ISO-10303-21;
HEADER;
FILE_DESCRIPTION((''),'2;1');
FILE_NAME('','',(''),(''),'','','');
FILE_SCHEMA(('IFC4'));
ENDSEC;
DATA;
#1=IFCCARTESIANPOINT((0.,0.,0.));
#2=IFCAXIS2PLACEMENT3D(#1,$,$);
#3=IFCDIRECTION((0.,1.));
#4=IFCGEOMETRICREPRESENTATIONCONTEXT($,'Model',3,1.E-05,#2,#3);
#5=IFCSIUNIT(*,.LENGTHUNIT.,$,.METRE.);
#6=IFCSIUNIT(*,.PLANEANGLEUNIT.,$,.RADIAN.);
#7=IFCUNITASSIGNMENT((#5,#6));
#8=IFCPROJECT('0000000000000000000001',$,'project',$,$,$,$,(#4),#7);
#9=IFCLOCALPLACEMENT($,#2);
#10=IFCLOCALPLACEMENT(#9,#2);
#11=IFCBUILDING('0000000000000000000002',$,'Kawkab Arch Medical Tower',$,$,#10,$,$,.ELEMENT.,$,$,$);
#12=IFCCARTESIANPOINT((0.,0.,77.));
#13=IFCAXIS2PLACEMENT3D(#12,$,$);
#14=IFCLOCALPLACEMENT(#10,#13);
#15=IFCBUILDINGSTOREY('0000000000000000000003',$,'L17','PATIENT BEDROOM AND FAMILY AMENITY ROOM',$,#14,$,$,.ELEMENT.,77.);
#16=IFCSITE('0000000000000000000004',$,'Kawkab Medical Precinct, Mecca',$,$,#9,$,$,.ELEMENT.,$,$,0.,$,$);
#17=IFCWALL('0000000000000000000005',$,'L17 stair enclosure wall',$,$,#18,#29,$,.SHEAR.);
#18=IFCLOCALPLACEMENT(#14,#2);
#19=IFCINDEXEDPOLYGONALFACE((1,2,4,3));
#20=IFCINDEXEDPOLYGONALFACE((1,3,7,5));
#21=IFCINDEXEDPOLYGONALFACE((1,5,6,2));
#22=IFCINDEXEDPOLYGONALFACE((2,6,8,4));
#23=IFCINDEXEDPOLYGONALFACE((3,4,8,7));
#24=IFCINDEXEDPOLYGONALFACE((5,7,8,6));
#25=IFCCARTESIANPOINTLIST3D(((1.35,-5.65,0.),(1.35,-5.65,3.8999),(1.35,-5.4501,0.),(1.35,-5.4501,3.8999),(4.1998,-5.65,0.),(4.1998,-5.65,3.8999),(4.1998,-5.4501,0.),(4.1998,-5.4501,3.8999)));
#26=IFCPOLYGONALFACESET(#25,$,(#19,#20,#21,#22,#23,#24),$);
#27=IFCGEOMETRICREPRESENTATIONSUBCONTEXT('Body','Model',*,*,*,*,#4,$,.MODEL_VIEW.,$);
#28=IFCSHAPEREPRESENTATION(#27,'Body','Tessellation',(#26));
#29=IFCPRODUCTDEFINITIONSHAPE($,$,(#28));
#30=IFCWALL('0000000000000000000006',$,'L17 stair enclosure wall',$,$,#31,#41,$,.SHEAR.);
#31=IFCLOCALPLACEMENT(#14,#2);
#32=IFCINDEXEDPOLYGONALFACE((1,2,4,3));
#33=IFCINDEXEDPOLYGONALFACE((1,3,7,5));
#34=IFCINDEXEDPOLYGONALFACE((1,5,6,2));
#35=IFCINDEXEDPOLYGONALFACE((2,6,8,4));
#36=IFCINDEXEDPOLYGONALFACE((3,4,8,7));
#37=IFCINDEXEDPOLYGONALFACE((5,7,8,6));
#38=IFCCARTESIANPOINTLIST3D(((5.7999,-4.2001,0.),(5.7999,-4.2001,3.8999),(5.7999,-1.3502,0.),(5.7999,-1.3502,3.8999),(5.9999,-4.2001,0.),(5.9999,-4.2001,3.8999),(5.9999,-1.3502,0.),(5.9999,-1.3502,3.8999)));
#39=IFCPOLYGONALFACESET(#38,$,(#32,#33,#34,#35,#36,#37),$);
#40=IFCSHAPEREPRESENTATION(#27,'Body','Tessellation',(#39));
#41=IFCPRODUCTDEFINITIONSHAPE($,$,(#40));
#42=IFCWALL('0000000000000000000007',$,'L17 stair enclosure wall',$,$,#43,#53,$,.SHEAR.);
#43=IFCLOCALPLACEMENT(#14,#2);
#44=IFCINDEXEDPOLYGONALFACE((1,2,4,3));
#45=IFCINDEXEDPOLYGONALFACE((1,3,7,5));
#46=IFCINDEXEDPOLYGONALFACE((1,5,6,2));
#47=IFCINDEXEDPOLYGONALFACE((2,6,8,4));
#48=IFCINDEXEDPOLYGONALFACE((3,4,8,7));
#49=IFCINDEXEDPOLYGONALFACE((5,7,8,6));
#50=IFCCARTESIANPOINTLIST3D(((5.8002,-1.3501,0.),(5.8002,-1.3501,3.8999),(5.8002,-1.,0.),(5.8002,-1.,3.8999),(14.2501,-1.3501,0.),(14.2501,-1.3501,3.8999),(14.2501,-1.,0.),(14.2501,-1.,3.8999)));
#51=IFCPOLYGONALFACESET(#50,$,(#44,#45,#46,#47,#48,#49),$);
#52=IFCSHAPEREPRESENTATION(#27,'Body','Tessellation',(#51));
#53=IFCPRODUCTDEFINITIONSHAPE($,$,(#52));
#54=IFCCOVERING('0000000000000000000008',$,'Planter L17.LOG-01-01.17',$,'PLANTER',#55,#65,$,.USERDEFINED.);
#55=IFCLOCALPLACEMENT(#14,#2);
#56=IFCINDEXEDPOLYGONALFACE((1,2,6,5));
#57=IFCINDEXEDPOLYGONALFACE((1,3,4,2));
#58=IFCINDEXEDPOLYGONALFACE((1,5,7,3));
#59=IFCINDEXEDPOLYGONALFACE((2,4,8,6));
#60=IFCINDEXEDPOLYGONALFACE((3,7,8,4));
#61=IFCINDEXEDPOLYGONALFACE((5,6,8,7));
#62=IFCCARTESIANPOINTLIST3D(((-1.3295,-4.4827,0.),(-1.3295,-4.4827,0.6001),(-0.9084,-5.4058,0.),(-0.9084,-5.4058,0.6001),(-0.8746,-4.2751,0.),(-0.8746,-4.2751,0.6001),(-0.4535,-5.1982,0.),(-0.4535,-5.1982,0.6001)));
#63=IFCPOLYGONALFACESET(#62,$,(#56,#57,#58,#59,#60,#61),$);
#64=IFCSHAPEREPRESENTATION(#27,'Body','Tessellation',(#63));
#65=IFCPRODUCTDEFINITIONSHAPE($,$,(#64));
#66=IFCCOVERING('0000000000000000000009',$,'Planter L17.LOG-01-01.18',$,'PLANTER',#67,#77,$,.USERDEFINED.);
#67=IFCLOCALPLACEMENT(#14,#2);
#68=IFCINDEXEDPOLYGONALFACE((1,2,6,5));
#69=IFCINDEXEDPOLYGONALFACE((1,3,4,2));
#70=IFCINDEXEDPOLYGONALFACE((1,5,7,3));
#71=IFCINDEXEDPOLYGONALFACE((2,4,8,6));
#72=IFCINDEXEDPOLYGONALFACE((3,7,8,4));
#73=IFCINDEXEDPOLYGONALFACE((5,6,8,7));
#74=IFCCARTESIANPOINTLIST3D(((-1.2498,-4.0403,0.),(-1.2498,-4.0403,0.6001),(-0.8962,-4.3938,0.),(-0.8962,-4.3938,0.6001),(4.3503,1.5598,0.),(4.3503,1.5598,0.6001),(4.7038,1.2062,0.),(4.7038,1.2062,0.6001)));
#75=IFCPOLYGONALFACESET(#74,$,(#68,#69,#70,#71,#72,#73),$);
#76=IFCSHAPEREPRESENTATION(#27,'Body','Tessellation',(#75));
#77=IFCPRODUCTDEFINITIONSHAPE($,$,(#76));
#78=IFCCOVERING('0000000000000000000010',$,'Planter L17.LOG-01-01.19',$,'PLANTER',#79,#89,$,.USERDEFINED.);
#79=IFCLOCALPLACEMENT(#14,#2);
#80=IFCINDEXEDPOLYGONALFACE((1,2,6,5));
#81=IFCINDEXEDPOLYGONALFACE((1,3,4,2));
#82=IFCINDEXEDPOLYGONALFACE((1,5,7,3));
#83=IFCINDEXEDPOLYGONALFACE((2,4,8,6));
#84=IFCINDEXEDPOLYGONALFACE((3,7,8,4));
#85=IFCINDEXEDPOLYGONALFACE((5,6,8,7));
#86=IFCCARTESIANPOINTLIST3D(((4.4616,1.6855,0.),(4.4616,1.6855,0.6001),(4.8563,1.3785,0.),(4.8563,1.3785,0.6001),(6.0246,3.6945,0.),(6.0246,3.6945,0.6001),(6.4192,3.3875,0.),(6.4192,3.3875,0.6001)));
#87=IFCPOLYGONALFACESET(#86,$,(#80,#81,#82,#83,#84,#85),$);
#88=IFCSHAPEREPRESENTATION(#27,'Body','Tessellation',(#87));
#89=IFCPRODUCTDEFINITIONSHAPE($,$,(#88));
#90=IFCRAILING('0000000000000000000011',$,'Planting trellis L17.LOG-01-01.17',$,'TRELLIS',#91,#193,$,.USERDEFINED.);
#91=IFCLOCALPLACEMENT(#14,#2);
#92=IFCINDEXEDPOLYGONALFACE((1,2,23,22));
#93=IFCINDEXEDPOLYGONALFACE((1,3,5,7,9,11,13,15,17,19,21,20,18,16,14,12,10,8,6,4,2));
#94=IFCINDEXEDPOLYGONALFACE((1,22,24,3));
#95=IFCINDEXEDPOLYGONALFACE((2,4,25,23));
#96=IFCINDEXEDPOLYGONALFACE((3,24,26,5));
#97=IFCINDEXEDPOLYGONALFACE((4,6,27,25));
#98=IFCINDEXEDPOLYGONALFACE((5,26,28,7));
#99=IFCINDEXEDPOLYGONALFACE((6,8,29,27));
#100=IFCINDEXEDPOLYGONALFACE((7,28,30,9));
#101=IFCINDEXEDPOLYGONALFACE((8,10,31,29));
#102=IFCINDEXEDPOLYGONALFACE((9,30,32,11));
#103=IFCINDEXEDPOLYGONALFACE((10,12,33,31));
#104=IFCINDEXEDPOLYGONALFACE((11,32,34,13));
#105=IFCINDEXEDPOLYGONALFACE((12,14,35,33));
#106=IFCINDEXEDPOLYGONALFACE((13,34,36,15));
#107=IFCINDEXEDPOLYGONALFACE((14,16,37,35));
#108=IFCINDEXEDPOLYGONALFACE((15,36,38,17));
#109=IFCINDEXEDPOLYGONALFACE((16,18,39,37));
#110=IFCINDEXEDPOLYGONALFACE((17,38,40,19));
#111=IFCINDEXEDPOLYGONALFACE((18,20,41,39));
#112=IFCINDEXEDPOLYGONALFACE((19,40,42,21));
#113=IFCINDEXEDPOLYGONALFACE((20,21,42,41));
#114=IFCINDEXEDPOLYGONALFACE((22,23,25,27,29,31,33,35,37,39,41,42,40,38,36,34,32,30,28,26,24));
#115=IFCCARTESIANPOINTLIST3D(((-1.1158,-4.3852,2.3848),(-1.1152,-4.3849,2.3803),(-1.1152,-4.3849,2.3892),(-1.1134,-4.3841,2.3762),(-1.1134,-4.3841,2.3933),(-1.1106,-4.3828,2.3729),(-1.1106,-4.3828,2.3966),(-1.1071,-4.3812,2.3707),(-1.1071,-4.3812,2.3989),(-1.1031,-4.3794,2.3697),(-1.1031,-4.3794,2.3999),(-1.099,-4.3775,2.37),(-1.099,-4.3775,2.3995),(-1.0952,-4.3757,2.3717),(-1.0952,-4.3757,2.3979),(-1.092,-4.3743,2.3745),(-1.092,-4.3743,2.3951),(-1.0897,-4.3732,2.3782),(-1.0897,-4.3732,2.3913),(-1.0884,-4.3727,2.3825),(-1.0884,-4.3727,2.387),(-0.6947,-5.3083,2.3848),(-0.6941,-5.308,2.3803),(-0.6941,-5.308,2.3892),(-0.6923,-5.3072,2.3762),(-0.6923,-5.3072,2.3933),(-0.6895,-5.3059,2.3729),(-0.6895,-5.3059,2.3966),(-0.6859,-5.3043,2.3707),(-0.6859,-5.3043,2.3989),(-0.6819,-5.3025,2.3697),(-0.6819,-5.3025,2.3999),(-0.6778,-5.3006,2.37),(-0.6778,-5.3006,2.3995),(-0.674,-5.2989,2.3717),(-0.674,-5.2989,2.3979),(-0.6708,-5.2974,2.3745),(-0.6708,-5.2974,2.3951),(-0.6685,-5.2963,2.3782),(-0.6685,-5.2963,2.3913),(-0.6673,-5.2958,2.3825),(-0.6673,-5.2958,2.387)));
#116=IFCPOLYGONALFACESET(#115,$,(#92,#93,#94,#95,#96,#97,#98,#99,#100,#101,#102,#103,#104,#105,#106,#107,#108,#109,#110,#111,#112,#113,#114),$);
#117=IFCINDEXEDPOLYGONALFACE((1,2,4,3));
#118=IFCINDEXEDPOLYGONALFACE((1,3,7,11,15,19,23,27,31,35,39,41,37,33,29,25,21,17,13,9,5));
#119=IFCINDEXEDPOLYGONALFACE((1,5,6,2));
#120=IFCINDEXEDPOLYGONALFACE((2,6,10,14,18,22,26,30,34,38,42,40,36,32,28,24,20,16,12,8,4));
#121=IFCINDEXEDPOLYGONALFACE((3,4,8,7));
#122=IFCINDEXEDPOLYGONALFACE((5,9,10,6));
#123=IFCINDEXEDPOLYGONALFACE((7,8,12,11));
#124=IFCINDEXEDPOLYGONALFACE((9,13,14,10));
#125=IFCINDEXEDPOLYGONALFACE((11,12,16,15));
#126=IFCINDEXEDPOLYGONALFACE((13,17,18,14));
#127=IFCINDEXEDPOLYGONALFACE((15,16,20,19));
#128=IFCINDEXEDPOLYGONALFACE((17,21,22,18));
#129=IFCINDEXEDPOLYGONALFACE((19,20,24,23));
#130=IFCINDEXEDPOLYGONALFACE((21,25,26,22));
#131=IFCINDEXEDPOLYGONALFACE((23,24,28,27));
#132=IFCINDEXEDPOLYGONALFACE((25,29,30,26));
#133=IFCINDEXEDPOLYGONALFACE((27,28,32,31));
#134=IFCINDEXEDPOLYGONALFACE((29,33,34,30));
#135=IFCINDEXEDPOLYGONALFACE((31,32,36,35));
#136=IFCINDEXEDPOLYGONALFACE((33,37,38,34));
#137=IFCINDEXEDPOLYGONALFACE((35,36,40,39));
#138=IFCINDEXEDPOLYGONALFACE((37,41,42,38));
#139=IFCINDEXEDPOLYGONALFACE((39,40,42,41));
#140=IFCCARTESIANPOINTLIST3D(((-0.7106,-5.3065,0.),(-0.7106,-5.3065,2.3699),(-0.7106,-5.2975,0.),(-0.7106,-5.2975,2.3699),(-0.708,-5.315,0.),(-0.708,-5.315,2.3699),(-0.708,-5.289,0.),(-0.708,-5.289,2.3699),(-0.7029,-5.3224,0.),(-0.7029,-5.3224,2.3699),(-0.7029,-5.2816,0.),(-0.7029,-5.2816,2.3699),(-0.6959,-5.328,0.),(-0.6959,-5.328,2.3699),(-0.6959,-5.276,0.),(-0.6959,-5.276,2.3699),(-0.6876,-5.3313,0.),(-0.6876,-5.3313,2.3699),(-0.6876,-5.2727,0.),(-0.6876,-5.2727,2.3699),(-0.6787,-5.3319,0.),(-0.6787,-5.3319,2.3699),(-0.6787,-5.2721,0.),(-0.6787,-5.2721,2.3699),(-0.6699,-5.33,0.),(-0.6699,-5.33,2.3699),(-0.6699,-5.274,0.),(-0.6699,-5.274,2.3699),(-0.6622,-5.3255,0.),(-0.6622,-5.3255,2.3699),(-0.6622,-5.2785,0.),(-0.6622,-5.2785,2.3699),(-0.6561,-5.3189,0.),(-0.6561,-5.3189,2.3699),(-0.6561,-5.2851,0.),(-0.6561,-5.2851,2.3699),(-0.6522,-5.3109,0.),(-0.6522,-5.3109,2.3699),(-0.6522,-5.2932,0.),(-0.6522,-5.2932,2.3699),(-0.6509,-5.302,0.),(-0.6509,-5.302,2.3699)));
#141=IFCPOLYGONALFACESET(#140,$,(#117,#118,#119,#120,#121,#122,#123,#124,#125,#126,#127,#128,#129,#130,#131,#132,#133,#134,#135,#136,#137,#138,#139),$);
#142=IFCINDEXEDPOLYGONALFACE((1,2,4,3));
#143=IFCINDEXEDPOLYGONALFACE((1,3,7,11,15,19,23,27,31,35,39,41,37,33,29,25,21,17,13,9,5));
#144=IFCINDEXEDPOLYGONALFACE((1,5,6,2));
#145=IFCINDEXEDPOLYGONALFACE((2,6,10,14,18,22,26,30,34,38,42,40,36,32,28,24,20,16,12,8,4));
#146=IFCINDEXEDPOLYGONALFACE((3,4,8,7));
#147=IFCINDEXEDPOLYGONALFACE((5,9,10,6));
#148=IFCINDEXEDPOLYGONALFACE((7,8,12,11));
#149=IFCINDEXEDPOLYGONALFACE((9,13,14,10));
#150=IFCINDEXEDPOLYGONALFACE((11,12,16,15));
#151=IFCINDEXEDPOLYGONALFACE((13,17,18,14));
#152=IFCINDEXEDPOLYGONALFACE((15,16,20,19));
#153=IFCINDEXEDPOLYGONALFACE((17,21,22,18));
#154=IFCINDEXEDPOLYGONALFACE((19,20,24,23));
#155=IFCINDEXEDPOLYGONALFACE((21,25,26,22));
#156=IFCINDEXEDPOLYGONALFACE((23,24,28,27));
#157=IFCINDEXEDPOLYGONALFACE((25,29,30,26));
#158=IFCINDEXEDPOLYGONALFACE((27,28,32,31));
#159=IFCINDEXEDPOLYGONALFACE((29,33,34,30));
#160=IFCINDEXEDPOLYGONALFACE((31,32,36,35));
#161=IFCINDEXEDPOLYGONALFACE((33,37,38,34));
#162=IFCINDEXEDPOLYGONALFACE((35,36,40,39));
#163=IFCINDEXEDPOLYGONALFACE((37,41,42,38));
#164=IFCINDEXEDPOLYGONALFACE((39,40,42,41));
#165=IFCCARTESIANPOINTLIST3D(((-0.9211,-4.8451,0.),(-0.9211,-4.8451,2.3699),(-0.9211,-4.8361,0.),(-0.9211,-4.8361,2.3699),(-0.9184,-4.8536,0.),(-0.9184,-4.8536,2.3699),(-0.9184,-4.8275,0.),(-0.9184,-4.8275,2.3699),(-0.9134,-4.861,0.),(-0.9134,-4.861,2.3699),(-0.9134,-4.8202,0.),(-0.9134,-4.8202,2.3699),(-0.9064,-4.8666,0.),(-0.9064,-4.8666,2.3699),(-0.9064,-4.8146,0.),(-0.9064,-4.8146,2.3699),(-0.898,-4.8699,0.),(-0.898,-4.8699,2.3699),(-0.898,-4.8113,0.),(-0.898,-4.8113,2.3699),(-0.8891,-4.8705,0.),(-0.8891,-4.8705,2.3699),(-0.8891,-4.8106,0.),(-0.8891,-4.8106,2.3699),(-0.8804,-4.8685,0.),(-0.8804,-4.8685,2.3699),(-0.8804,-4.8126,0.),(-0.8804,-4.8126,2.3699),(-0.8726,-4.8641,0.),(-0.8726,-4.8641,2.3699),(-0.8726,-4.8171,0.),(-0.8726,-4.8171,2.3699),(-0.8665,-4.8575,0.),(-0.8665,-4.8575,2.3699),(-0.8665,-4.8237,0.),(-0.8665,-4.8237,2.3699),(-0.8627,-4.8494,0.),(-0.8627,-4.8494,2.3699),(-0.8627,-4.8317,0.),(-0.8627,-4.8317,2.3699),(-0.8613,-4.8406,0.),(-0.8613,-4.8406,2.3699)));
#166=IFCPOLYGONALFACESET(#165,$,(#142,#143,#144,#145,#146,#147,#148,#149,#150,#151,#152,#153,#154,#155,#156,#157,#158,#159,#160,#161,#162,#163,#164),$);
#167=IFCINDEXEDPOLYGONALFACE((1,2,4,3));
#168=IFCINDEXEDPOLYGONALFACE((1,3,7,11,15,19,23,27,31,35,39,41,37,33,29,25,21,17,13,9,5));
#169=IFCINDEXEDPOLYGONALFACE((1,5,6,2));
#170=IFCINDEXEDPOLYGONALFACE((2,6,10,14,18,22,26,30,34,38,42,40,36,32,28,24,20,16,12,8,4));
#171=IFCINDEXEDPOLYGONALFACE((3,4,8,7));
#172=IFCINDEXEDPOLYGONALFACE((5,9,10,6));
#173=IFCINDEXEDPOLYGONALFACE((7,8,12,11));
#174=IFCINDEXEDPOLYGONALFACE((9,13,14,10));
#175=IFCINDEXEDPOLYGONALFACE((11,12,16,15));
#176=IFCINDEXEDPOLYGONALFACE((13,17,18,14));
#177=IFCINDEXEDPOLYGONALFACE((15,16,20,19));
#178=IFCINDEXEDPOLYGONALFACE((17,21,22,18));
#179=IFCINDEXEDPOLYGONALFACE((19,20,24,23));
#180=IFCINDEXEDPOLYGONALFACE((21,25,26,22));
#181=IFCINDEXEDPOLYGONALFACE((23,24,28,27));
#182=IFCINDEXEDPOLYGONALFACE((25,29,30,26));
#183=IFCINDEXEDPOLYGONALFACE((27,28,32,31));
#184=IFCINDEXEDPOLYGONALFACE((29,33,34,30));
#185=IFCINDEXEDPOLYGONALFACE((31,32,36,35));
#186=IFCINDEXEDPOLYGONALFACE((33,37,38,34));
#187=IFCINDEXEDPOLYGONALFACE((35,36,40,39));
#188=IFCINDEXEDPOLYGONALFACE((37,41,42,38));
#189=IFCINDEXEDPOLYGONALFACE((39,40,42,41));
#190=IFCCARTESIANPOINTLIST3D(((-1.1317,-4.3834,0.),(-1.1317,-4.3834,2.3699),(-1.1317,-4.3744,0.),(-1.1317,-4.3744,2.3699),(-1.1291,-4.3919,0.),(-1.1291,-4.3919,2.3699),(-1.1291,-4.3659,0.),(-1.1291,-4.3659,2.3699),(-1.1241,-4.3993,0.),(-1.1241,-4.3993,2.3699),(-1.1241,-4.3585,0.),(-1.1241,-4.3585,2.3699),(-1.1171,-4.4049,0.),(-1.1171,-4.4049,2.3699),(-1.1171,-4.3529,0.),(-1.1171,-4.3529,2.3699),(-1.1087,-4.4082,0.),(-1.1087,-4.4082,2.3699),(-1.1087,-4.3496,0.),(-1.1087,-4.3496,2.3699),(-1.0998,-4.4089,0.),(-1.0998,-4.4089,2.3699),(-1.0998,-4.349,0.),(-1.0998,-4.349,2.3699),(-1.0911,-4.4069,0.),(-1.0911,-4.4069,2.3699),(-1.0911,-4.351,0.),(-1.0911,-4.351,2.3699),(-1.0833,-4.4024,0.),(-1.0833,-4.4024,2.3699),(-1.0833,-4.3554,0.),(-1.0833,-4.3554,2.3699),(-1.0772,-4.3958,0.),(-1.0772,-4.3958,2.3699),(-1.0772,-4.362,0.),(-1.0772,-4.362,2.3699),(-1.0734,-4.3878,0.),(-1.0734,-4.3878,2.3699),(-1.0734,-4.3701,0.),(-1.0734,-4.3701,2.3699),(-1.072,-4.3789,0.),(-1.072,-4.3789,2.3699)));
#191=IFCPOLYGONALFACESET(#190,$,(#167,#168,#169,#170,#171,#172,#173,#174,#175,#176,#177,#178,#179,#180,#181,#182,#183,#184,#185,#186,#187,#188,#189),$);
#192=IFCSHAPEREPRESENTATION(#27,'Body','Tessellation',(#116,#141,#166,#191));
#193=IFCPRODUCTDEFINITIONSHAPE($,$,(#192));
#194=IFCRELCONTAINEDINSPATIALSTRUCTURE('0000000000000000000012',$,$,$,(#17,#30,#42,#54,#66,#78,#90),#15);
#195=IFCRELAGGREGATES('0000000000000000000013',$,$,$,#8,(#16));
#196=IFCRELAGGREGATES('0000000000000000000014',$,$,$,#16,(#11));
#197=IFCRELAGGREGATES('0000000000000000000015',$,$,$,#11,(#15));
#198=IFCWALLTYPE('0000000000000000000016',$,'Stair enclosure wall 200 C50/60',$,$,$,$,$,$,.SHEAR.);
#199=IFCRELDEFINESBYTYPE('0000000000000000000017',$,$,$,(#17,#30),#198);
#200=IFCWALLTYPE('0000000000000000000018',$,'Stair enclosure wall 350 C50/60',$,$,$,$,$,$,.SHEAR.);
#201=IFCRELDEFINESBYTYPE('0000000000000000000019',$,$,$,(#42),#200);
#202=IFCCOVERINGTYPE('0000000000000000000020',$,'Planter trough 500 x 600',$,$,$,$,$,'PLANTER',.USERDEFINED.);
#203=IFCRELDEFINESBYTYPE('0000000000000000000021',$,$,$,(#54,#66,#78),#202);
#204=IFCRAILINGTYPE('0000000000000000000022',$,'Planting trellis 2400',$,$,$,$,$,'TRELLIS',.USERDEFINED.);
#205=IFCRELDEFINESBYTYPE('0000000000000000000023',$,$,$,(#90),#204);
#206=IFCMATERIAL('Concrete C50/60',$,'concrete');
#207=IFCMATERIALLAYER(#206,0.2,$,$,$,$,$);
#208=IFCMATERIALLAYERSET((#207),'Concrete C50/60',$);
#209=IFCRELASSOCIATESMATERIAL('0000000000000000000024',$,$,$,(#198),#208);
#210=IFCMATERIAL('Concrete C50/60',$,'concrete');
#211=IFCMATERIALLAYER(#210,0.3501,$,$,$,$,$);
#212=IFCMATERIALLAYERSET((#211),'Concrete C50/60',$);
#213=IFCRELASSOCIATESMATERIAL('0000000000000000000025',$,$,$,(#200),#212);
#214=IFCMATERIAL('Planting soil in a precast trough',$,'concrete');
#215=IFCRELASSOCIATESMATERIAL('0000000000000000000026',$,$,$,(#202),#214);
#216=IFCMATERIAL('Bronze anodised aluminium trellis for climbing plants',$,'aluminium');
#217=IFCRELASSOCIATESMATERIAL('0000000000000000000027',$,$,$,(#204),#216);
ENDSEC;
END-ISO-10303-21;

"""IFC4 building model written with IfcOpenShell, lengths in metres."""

from ifc_helpers import new_model, si_unit, direction, frame, frame_2d, origin, origin_2d, place, context, subcontext, project, spatial, rectangle, circle, extrude, material, layer, layer_set, material_profile, profile_set, type_object, element, save


model = new_model("IFC4")

# Units and contexts
model_context = context("Model", 3, precision=1e-05, world=origin(), true_north=direction((0.0, 1.0)))
body_context = subcontext(model_context, "Body", "Model", "MODEL_VIEW")
ifc_project = project(units=[si_unit("LENGTHUNIT", "METRE"), si_unit("PLANEANGLEUNIT", "RADIAN")], contexts=[model_context])

# Site, building, storey
site_placement = place(None, origin())
site = spatial("IfcSite", under=ifc_project, at=site_placement, Name="Kawkab Medical Precinct, Mecca", CompositionType="ELEMENT", RefElevation=0.0)
building_placement = place(site_placement, origin())
building = spatial("IfcBuilding", under=site, at=building_placement, Name="Kawkab Arch Medical Tower", CompositionType="ELEMENT")
storey_placement = place(building_placement, frame((0.0, 0.0, 77.0)))
storey = spatial("IfcBuildingStorey", under=building, at=storey_placement, Name="L17", Description="PATIENT BEDROOM AND FAMILY AMENITY ROOM", CompositionType="ELEMENT", Elevation=77.0)

# Walls
ifc_material_1 = material(Name="Concrete C50/60", Category="concrete")
ifc_layer_1 = layer(ifc_material_1, 0.2)
ifc_layer_set_1 = layer_set([ifc_layer_1], Name="Concrete C50/60")
wall_type_1 = type_object("IfcWallType", Name="Stair enclosure wall 200 C50/60", PredefinedType="SHEAR", material=ifc_layer_set_1)
for number, where, z_axis, x_axis, name in (
    (1, (1.3501, -5.55, 0.0), (0.0, 0.0, 1.0), (1.0, 0.0, 0.0), "L17 stair enclosure wall"),
    (2, (5.8999, -4.2, 0.0), (0.0, 0.0, 1.0), (0.0, 1.0, 0.0), "L17 stair enclosure wall"),
):
    element("IfcWall", number, at=place(storey_placement, frame(where, z_axis=z_axis, x_axis=x_axis)), inside=storey, type_object=wall_type_1, Name=name, PredefinedType="SHEAR", context=body_context, shape_type="SweptSolid", body=[
        extrude(rectangle(XDim=2.8499, YDim=0.2, at=frame_2d((1.4248, 0.0))), origin(), (0.0, 0.0, 1.0), 3.8999),
    ])
ifc_material_2 = material(Name="Concrete C50/60", Category="concrete")
ifc_layer_2 = layer(ifc_material_2, 0.3501)
ifc_layer_set_2 = layer_set([ifc_layer_2], Name="Concrete C50/60")
wall_type_2 = type_object("IfcWallType", Name="Stair enclosure wall 350 C50/60", PredefinedType="SHEAR", material=ifc_layer_set_2)
wall_1_placement = place(storey_placement, frame((5.8, -1.175, 0.0), z_axis=(0.0, 0.0, 1.0), x_axis=(1.0, 0.0, 0.0)))
element("IfcWall", 3, at=wall_1_placement, inside=storey, type_object=wall_type_2, Name="L17 stair enclosure wall", PredefinedType="SHEAR", context=body_context, shape_type="SweptSolid", body=[
    extrude(rectangle(XDim=8.45, YDim=0.3501, at=frame_2d((4.2251, 0.0))), origin(), (0.0, 0.0, 1.0), 3.8999),
])

# Coverings
ifc_material_3 = material(Name="Planting soil in a precast trough", Category="concrete")
ifc_material_profile_1 = material_profile(ifc_material_3, rectangle(XDim=0.5, YDim=0.6001, at=origin_2d()), Name="Trough 500x600")
ifc_profile_set_1 = profile_set([ifc_material_profile_1], Name="Planting soil in a precast trough")
covering_type = type_object("IfcCoveringType", Name="Planter trough 500 x 600", ElementType="PLANTER", PredefinedType="USERDEFINED", material=ifc_profile_set_1)
covering_1_placement = place(storey_placement, frame((-0.6809, -5.302, 0.3), z_axis=(-0.415072, 0.909789, 0.0), x_axis=(-0.909789, -0.415072, 0.0)))
element("IfcCovering", 4, at=covering_1_placement, inside=storey, type_object=covering_type, Name="Planter L17.LOG-01-01.17", ObjectType="PLANTER", PredefinedType="USERDEFINED", context=body_context, shape_type="SweptSolid", body=[
    extrude(rectangle(XDim=0.5, YDim=0.6001, at=origin_2d()), origin(), (0.0, 0.0, 1.0), 1.0146),
])
covering_2_placement = place(storey_placement, frame((-1.073, -4.217, 0.3), z_axis=(0.707107, 0.707107, 0.0), x_axis=(-0.707107, 0.707107, 0.0)))
element("IfcCovering", 5, at=covering_2_placement, inside=storey, type_object=covering_type, Name="Planter L17.LOG-01-01.18", ObjectType="PLANTER", PredefinedType="USERDEFINED", context=body_context, shape_type="SweptSolid", body=[
    extrude(rectangle(XDim=0.5, YDim=0.6001, at=origin_2d()), origin(), (0.0, 0.0, 1.0), 7.9197),
])
covering_3_placement = place(storey_placement, frame((4.6589, 1.532, 0.3), z_axis=(0.61404, 0.789275, 0.0), x_axis=(-0.789275, 0.61404, 0.0)))
element("IfcCovering", 6, at=covering_3_placement, inside=storey, type_object=covering_type, Name="Planter L17.LOG-01-01.19", ObjectType="PLANTER", PredefinedType="USERDEFINED", context=body_context, shape_type="SweptSolid", body=[
    extrude(rectangle(XDim=0.5, YDim=0.6001, at=origin_2d()), origin(), (0.0, 0.0, 1.0), 2.5454),
])

# Railing
ifc_material_4 = material(Name="Bronze anodised aluminium trellis for climbing plants", Category="aluminium")
railing_type = type_object("IfcRailingType", Name="Planting trellis 2400", ElementType="TRELLIS", PredefinedType="USERDEFINED", material=ifc_material_4)
railing_1_placement = place(storey_placement, frame((-0.6809, -5.302, 0.0)))
element("IfcRailing", 7, at=railing_1_placement, inside=storey, type_object=railing_type, Name="Planting trellis L17.LOG-01-01.17", ObjectType="TRELLIS", PredefinedType="USERDEFINED", context=body_context, shape_type="SweptSolid", body=[
    extrude(circle(Radius=0.0151, at=origin_2d()), frame((0.0, 0.0, 2.3848), z_axis=(-0.415072, 0.909789, 0.0), x_axis=(-0.909789, -0.415072, 0.0)), (0.0, 0.0, 1.0), 1.0146),
    extrude(circle(Radius=0.03, at=origin_2d()), origin(), (0.0, 0.0, 1.0), 2.3699),
    extrude(circle(Radius=0.03, at=origin_2d()), frame((-0.2104, 0.4614, 0.0)), (0.0, 0.0, 1.0), 2.3699),
    extrude(circle(Radius=0.03, at=origin_2d()), frame((-0.4211, 0.9231, 0.0)), (0.0, 0.0, 1.0), 2.3699),
])

save(model, "model.ifc")
